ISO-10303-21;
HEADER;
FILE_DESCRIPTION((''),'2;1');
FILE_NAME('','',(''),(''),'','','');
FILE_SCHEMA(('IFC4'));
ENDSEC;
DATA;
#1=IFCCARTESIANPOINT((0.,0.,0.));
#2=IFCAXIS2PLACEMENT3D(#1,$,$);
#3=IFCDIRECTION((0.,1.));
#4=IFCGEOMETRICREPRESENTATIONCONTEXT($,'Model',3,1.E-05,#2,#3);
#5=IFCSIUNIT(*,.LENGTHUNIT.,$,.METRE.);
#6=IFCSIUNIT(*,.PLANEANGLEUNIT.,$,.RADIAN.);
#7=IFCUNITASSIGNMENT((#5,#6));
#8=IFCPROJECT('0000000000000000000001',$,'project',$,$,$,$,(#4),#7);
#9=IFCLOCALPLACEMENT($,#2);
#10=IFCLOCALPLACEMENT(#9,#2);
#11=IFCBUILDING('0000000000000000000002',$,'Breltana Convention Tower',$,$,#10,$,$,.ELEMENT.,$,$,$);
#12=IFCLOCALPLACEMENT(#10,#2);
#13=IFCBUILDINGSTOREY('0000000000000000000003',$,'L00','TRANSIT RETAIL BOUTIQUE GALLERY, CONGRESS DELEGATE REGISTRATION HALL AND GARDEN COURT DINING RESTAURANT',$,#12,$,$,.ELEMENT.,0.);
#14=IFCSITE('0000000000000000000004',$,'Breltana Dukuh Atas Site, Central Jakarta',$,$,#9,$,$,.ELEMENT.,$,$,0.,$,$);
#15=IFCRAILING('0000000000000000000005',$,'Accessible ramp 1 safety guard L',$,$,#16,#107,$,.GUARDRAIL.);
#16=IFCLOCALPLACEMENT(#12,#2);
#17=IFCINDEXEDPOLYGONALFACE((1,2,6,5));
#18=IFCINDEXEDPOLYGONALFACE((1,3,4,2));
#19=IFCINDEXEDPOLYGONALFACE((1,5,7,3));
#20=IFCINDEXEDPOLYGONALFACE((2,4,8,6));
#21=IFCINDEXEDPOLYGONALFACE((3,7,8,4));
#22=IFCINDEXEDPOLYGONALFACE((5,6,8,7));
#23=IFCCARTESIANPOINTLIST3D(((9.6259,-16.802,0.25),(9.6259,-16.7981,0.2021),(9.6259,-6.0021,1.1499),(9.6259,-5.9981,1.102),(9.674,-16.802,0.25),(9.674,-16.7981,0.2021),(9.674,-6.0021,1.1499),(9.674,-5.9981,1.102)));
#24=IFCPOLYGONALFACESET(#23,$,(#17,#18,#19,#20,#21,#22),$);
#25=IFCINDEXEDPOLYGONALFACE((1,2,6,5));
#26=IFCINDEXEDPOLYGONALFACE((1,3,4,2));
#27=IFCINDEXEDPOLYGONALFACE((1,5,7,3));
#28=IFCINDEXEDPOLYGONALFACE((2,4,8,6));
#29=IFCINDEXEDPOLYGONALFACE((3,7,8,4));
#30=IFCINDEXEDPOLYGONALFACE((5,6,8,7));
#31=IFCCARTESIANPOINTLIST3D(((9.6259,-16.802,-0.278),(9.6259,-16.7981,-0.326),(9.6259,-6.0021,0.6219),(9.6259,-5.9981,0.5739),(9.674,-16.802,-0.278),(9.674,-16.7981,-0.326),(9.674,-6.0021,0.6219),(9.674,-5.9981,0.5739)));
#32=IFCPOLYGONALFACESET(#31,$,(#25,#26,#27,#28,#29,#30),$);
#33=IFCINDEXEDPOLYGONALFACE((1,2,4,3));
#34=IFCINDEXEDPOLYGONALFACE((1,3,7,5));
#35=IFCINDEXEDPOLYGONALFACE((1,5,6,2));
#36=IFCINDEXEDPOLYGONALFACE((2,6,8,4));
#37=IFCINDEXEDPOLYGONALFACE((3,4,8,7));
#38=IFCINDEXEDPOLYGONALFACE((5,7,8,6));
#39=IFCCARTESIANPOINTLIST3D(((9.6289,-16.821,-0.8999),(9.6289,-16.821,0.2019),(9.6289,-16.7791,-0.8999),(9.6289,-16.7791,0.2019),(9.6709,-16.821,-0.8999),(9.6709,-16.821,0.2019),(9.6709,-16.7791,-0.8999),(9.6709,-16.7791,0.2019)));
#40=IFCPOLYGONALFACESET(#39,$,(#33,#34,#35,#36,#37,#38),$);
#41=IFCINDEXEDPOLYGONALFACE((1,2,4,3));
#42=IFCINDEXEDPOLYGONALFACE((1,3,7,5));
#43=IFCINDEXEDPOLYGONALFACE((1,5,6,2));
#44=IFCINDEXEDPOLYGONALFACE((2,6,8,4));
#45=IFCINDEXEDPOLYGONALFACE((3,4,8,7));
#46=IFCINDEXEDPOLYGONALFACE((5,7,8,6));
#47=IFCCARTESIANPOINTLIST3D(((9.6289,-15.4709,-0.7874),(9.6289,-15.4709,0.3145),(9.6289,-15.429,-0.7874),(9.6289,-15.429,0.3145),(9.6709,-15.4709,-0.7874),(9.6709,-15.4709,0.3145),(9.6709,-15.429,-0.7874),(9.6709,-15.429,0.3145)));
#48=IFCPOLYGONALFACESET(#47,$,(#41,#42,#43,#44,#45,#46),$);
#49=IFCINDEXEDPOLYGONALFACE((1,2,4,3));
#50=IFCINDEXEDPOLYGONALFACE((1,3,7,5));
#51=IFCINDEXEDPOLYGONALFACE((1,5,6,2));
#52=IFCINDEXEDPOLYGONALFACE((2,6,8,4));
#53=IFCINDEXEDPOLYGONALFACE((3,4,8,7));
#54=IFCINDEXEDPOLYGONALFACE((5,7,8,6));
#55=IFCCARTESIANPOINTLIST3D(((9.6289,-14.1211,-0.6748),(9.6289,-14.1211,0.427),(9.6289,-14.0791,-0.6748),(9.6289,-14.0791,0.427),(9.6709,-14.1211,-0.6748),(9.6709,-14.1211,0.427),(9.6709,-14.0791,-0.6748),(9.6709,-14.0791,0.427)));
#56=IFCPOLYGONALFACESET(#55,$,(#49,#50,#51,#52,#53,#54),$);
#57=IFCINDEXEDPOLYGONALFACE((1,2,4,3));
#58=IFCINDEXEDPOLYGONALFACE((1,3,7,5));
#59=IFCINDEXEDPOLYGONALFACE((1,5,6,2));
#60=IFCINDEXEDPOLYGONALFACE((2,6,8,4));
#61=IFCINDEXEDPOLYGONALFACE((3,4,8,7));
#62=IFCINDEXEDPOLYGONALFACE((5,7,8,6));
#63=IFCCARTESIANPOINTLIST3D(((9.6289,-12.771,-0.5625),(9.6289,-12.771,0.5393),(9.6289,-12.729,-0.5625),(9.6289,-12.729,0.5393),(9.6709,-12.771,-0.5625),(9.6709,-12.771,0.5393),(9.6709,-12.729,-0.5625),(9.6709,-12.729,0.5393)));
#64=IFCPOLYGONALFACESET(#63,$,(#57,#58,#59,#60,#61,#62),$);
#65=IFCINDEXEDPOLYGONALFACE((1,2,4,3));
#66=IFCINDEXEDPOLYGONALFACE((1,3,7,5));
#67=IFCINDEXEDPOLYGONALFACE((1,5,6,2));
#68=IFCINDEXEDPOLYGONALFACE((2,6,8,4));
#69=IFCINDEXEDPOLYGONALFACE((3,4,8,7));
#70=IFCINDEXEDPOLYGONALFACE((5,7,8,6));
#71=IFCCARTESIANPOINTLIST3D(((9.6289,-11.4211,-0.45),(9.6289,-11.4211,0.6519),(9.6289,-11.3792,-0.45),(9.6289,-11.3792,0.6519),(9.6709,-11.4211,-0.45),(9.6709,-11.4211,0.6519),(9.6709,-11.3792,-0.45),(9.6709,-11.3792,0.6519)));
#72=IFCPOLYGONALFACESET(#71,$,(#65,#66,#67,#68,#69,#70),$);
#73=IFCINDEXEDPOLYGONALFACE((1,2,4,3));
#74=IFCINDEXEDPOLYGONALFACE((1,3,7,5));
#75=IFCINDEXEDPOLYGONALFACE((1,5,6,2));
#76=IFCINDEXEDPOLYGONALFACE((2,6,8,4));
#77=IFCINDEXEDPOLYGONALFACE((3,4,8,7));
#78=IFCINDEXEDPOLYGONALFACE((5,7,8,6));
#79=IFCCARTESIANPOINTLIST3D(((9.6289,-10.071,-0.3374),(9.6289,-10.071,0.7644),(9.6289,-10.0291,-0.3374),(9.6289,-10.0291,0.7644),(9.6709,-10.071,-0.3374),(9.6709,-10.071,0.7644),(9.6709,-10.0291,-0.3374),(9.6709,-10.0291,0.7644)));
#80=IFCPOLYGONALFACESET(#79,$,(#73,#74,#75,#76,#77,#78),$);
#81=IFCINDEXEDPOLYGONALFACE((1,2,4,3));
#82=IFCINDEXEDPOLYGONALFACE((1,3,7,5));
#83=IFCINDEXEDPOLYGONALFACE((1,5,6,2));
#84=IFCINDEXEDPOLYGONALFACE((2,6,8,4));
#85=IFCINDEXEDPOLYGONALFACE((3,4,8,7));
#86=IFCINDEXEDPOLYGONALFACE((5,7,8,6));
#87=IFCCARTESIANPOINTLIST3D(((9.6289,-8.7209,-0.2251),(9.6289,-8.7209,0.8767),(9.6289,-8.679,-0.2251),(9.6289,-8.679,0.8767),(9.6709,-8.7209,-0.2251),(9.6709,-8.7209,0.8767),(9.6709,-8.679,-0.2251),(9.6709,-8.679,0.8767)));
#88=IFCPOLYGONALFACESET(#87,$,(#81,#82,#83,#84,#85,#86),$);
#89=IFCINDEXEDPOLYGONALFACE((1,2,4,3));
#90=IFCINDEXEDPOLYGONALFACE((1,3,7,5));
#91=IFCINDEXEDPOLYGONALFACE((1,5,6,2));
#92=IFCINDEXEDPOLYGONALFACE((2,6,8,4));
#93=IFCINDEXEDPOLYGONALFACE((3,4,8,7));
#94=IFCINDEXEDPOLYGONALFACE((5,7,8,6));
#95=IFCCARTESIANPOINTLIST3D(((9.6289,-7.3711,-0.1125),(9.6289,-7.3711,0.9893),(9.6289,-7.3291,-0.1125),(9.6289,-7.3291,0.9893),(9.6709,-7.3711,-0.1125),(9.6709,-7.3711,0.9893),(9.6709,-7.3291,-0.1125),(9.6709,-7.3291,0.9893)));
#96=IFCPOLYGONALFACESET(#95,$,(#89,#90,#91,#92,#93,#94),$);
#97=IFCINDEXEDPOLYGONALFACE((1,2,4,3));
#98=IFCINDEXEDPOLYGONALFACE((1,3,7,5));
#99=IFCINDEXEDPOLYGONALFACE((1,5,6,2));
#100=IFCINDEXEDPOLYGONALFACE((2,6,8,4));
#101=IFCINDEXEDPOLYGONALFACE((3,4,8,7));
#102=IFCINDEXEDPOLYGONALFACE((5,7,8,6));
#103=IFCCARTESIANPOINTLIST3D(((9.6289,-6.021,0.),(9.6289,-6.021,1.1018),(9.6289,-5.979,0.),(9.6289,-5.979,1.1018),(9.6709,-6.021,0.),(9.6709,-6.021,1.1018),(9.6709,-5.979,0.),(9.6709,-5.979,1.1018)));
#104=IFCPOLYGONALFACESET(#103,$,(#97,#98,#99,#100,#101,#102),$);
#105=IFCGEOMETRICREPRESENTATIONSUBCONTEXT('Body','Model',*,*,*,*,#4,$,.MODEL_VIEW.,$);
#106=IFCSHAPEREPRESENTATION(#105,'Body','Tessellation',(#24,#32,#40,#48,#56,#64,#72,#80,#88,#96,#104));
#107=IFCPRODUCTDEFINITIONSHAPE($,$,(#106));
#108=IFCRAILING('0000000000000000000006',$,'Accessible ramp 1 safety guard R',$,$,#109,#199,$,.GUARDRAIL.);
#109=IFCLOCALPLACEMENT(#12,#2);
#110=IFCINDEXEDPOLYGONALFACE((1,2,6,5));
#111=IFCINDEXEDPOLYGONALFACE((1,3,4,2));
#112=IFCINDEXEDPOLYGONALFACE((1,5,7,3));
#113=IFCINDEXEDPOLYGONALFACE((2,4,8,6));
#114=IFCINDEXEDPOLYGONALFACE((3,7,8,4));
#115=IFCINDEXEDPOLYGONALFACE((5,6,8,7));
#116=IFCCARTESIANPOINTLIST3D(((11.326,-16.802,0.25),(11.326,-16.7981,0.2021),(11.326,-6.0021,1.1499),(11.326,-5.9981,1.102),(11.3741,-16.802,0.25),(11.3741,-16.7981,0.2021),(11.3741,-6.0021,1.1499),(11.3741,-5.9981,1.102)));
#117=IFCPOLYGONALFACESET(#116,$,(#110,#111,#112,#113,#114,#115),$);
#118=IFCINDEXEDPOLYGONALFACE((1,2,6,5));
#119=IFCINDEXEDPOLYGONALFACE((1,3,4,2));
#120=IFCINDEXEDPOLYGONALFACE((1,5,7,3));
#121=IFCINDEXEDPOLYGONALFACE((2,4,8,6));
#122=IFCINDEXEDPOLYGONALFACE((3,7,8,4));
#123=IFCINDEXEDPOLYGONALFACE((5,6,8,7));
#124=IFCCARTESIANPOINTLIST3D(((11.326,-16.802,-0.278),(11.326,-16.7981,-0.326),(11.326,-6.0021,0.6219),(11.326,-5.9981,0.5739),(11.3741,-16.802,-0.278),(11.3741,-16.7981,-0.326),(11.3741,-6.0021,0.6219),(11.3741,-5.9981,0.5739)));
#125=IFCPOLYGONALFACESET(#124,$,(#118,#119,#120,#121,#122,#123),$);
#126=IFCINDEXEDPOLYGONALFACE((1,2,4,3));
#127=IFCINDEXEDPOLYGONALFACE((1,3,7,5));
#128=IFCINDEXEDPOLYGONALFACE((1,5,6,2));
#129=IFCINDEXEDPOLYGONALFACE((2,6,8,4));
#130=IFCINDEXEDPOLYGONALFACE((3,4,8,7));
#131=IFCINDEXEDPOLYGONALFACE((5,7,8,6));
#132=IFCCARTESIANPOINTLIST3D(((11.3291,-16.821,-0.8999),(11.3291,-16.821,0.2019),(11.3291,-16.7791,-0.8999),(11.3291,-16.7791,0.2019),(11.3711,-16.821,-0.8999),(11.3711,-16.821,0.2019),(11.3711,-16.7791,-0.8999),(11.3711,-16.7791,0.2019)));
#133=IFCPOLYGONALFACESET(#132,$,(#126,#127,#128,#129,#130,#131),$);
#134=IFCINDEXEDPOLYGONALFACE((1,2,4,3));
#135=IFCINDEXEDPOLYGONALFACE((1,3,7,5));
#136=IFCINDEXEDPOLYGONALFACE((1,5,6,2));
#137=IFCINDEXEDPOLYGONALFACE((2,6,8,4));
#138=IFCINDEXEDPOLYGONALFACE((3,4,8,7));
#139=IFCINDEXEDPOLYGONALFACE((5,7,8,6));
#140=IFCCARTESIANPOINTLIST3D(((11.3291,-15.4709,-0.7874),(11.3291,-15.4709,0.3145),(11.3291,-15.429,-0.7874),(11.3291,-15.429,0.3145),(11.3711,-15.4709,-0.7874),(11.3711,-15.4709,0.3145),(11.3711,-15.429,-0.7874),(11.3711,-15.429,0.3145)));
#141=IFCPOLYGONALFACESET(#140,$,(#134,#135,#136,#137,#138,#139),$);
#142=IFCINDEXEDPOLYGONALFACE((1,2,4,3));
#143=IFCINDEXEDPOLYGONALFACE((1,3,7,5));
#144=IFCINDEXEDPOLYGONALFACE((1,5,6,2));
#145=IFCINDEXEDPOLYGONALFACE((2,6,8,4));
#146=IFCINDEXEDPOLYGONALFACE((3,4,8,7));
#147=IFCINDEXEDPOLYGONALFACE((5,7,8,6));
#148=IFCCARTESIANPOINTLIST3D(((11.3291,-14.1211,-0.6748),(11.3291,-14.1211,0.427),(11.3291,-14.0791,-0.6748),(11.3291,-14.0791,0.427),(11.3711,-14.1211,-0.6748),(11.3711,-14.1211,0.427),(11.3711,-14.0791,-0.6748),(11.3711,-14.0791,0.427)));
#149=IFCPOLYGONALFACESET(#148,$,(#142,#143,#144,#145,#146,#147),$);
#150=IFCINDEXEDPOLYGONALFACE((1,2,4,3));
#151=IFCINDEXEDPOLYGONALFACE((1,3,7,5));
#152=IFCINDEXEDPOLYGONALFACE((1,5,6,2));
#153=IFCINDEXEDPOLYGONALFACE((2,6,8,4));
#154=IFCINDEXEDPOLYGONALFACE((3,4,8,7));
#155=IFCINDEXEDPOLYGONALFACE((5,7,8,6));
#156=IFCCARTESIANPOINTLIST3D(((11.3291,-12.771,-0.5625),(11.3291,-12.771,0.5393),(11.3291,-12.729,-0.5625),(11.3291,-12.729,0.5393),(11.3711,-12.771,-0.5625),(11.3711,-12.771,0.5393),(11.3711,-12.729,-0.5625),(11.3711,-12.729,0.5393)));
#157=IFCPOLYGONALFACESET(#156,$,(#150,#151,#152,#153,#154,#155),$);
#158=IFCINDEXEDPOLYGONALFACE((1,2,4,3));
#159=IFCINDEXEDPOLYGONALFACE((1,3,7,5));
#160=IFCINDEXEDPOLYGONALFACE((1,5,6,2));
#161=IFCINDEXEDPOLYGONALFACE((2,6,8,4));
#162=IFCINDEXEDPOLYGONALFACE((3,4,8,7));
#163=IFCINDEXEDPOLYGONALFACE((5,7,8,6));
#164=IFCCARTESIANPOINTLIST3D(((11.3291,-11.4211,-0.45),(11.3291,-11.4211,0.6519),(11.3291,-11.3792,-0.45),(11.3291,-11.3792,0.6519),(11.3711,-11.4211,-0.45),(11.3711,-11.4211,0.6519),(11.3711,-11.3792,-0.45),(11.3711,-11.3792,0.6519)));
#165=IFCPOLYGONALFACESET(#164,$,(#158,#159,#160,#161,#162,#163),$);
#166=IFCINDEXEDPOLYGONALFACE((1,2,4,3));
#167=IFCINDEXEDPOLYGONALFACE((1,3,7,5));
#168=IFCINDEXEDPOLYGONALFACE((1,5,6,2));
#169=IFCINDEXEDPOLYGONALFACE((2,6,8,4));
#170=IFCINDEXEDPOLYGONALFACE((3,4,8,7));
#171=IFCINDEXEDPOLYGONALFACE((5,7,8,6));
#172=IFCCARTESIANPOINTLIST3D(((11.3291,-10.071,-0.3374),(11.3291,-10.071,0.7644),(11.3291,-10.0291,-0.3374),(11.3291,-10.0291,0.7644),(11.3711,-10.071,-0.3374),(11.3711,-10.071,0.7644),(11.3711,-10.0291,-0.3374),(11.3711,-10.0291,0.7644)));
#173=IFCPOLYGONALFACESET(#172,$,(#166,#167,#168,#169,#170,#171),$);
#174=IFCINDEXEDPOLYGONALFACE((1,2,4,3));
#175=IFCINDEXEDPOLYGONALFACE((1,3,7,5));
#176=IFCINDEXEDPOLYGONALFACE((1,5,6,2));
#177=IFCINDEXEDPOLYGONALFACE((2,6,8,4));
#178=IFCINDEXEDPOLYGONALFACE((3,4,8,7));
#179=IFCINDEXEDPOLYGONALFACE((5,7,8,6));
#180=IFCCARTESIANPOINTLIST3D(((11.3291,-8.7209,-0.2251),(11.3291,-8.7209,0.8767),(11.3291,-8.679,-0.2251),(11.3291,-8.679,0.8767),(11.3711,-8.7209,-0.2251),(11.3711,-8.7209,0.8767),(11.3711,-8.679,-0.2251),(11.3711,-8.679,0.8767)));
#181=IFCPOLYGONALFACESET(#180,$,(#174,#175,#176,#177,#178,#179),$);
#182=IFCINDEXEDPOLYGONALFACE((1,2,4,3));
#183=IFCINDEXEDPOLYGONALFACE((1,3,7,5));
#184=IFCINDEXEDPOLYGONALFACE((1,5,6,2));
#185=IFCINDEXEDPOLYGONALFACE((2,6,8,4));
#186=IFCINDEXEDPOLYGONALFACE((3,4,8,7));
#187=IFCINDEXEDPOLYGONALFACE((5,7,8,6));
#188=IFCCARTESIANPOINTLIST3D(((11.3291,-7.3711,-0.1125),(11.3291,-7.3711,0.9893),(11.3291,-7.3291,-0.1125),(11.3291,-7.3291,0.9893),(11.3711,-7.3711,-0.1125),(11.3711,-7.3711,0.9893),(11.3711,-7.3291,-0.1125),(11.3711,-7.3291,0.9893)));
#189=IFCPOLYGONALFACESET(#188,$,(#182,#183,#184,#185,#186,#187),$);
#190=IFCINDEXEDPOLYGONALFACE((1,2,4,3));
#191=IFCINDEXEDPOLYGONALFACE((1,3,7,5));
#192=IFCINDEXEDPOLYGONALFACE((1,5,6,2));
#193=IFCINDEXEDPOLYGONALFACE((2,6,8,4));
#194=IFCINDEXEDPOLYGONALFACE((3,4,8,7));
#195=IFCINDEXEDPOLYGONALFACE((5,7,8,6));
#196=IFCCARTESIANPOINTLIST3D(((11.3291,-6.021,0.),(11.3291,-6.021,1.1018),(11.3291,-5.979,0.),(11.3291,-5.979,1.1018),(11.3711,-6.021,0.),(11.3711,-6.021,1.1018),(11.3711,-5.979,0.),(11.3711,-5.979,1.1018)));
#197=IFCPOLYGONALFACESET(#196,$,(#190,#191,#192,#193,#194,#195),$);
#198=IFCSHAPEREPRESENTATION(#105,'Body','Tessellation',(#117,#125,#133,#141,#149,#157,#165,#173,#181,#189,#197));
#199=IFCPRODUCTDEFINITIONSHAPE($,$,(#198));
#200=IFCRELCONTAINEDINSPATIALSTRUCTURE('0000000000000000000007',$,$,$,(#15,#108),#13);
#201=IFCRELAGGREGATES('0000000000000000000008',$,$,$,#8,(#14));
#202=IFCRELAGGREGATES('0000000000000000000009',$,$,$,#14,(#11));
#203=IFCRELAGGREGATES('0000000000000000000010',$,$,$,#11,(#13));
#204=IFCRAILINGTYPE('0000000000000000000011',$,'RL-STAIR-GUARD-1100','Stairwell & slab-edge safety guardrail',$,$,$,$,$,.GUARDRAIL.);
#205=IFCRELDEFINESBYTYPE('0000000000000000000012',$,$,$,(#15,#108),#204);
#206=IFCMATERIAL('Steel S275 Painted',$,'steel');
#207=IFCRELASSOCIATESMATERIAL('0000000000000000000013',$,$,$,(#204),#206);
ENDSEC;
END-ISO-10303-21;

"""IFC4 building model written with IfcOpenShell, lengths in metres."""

from ifc_helpers import new_model, si_unit, direction, frame, origin, origin_2d, place, context, subcontext, project, spatial, rectangle, extrude, material, type_object, element, save


model = new_model("IFC4")

# Units and contexts
model_context = context("Model", 3, precision=1e-05, world=origin(), true_north=direction((0.0, 1.0)))
body_context = subcontext(model_context, "Body", "Model", "MODEL_VIEW")
ifc_project = project(units=[si_unit("LENGTHUNIT", "METRE"), si_unit("PLANEANGLEUNIT", "RADIAN")], contexts=[model_context])

# Site, building, storey
site_placement = place(None, origin())
site = spatial("IfcSite", under=ifc_project, at=site_placement, Name="Breltana Dukuh Atas Site, Central Jakarta", CompositionType="ELEMENT", RefElevation=0.0)
building_placement = place(site_placement, origin())
building = spatial("IfcBuilding", under=site, at=building_placement, Name="Breltana Convention Tower", CompositionType="ELEMENT")
storey_placement = place(building_placement, origin())
storey = spatial("IfcBuildingStorey", under=building, at=storey_placement, Name="L00", Description="TRANSIT RETAIL BOUTIQUE GALLERY, CONGRESS DELEGATE REGISTRATION HALL AND GARDEN COURT DINING RESTAURANT", CompositionType="ELEMENT", Elevation=0.0)

# Railings
ifc_material_1 = material(Name="Steel S275 Painted", Category="steel")
railing_type = type_object("IfcRailingType", Name="RL-STAIR-GUARD-1100", Description="Stairwell & slab-edge safety guardrail", PredefinedType="GUARDRAIL", material=ifc_material_1)
railing_1_placement = place(storey_placement, frame((9.6499, -16.8, -0.8999)))
element("IfcRailing", 1, at=railing_1_placement, inside=storey, type_object=railing_type, Name="Accessible ramp 1 safety guard L", PredefinedType="GUARDRAIL", context=body_context, shape_type="SweptSolid", body=[
    extrude(rectangle(XDim=0.0481, YDim=0.0481, at=origin_2d()), frame((0.0, 0.0, 1.126), z_axis=(0.0, 0.996547, 0.083036), x_axis=(-1.0, 0.0, 0.0)), (0.0, 0.0, 1.0), 10.8374),
    extrude(rectangle(XDim=0.0481, YDim=0.0481, at=origin_2d()), frame((0.0, 0.0, 0.5979), z_axis=(0.0, 0.996547, 0.083036), x_axis=(-1.0, 0.0, 0.0)), (0.0, 0.0, 1.0), 10.8374),
    extrude(rectangle(XDim=0.042, YDim=0.042, at=origin_2d()), origin(), (0.0, 0.0, 1.0), 1.1018),
    extrude(rectangle(XDim=0.042, YDim=0.042, at=origin_2d()), frame((0.0, 1.3501, 0.1125)), (0.0, 0.0, 1.0), 1.1018),
    extrude(rectangle(XDim=0.042, YDim=0.042, at=origin_2d()), frame((0.0, 2.7, 0.2251)), (0.0, 0.0, 1.0), 1.1018),
    extrude(rectangle(XDim=0.042, YDim=0.042, at=origin_2d()), frame((0.0, 4.05, 0.3374)), (0.0, 0.0, 1.0), 1.1018),
    extrude(rectangle(XDim=0.042, YDim=0.042, at=origin_2d()), frame((0.0, 5.3999, 0.45)), (0.0, 0.0, 1.0), 1.1018),
    extrude(rectangle(XDim=0.042, YDim=0.042, at=origin_2d()), frame((0.0, 6.75, 0.5625)), (0.0, 0.0, 1.0), 1.1018),
    extrude(rectangle(XDim=0.042, YDim=0.042, at=origin_2d()), frame((0.0, 8.1001, 0.6748)), (0.0, 0.0, 1.0), 1.1018),
    extrude(rectangle(XDim=0.042, YDim=0.042, at=origin_2d()), frame((0.0, 9.45, 0.7874)), (0.0, 0.0, 1.0), 1.1018),
    extrude(rectangle(XDim=0.042, YDim=0.042, at=origin_2d()), frame((0.0, 10.8, 0.8999)), (0.0, 0.0, 1.0), 1.1018),
])
railing_2_placement = place(storey_placement, frame((11.3501, -16.8, -0.8999)))
element("IfcRailing", 2, at=railing_2_placement, inside=storey, type_object=railing_type, Name="Accessible ramp 1 safety guard R", PredefinedType="GUARDRAIL", context=body_context, shape_type="SweptSolid", body=[
    extrude(rectangle(XDim=0.0481, YDim=0.0481, at=origin_2d()), frame((0.0, 0.0, 1.126), z_axis=(0.0, 0.996547, 0.083036), x_axis=(-1.0, 0.0, 0.0)), (0.0, 0.0, 1.0), 10.8374),
    extrude(rectangle(XDim=0.0481, YDim=0.0481, at=origin_2d()), frame((0.0, 0.0, 0.5979), z_axis=(0.0, 0.996547, 0.083036), x_axis=(-1.0, 0.0, 0.0)), (0.0, 0.0, 1.0), 10.8374),
    extrude(rectangle(XDim=0.042, YDim=0.042, at=origin_2d()), origin(), (0.0, 0.0, 1.0), 1.1018),
    extrude(rectangle(XDim=0.042, YDim=0.042, at=origin_2d()), frame((0.0, 1.3501, 0.1125)), (0.0, 0.0, 1.0), 1.1018),
    extrude(rectangle(XDim=0.042, YDim=0.042, at=origin_2d()), frame((0.0, 2.7, 0.2251)), (0.0, 0.0, 1.0), 1.1018),
    extrude(rectangle(XDim=0.042, YDim=0.042, at=origin_2d()), frame((0.0, 4.05, 0.3374)), (0.0, 0.0, 1.0), 1.1018),
    extrude(rectangle(XDim=0.042, YDim=0.042, at=origin_2d()), frame((0.0, 5.3999, 0.45)), (0.0, 0.0, 1.0), 1.1018),
    extrude(rectangle(XDim=0.042, YDim=0.042, at=origin_2d()), frame((0.0, 6.75, 0.5625)), (0.0, 0.0, 1.0), 1.1018),
    extrude(rectangle(XDim=0.042, YDim=0.042, at=origin_2d()), frame((0.0, 8.1001, 0.6748)), (0.0, 0.0, 1.0), 1.1018),
    extrude(rectangle(XDim=0.042, YDim=0.042, at=origin_2d()), frame((0.0, 9.45, 0.7874)), (0.0, 0.0, 1.0), 1.1018),
    extrude(rectangle(XDim=0.042, YDim=0.042, at=origin_2d()), frame((0.0, 10.8, 0.8999)), (0.0, 0.0, 1.0), 1.1018),
])

save(model, "model.ifc")
